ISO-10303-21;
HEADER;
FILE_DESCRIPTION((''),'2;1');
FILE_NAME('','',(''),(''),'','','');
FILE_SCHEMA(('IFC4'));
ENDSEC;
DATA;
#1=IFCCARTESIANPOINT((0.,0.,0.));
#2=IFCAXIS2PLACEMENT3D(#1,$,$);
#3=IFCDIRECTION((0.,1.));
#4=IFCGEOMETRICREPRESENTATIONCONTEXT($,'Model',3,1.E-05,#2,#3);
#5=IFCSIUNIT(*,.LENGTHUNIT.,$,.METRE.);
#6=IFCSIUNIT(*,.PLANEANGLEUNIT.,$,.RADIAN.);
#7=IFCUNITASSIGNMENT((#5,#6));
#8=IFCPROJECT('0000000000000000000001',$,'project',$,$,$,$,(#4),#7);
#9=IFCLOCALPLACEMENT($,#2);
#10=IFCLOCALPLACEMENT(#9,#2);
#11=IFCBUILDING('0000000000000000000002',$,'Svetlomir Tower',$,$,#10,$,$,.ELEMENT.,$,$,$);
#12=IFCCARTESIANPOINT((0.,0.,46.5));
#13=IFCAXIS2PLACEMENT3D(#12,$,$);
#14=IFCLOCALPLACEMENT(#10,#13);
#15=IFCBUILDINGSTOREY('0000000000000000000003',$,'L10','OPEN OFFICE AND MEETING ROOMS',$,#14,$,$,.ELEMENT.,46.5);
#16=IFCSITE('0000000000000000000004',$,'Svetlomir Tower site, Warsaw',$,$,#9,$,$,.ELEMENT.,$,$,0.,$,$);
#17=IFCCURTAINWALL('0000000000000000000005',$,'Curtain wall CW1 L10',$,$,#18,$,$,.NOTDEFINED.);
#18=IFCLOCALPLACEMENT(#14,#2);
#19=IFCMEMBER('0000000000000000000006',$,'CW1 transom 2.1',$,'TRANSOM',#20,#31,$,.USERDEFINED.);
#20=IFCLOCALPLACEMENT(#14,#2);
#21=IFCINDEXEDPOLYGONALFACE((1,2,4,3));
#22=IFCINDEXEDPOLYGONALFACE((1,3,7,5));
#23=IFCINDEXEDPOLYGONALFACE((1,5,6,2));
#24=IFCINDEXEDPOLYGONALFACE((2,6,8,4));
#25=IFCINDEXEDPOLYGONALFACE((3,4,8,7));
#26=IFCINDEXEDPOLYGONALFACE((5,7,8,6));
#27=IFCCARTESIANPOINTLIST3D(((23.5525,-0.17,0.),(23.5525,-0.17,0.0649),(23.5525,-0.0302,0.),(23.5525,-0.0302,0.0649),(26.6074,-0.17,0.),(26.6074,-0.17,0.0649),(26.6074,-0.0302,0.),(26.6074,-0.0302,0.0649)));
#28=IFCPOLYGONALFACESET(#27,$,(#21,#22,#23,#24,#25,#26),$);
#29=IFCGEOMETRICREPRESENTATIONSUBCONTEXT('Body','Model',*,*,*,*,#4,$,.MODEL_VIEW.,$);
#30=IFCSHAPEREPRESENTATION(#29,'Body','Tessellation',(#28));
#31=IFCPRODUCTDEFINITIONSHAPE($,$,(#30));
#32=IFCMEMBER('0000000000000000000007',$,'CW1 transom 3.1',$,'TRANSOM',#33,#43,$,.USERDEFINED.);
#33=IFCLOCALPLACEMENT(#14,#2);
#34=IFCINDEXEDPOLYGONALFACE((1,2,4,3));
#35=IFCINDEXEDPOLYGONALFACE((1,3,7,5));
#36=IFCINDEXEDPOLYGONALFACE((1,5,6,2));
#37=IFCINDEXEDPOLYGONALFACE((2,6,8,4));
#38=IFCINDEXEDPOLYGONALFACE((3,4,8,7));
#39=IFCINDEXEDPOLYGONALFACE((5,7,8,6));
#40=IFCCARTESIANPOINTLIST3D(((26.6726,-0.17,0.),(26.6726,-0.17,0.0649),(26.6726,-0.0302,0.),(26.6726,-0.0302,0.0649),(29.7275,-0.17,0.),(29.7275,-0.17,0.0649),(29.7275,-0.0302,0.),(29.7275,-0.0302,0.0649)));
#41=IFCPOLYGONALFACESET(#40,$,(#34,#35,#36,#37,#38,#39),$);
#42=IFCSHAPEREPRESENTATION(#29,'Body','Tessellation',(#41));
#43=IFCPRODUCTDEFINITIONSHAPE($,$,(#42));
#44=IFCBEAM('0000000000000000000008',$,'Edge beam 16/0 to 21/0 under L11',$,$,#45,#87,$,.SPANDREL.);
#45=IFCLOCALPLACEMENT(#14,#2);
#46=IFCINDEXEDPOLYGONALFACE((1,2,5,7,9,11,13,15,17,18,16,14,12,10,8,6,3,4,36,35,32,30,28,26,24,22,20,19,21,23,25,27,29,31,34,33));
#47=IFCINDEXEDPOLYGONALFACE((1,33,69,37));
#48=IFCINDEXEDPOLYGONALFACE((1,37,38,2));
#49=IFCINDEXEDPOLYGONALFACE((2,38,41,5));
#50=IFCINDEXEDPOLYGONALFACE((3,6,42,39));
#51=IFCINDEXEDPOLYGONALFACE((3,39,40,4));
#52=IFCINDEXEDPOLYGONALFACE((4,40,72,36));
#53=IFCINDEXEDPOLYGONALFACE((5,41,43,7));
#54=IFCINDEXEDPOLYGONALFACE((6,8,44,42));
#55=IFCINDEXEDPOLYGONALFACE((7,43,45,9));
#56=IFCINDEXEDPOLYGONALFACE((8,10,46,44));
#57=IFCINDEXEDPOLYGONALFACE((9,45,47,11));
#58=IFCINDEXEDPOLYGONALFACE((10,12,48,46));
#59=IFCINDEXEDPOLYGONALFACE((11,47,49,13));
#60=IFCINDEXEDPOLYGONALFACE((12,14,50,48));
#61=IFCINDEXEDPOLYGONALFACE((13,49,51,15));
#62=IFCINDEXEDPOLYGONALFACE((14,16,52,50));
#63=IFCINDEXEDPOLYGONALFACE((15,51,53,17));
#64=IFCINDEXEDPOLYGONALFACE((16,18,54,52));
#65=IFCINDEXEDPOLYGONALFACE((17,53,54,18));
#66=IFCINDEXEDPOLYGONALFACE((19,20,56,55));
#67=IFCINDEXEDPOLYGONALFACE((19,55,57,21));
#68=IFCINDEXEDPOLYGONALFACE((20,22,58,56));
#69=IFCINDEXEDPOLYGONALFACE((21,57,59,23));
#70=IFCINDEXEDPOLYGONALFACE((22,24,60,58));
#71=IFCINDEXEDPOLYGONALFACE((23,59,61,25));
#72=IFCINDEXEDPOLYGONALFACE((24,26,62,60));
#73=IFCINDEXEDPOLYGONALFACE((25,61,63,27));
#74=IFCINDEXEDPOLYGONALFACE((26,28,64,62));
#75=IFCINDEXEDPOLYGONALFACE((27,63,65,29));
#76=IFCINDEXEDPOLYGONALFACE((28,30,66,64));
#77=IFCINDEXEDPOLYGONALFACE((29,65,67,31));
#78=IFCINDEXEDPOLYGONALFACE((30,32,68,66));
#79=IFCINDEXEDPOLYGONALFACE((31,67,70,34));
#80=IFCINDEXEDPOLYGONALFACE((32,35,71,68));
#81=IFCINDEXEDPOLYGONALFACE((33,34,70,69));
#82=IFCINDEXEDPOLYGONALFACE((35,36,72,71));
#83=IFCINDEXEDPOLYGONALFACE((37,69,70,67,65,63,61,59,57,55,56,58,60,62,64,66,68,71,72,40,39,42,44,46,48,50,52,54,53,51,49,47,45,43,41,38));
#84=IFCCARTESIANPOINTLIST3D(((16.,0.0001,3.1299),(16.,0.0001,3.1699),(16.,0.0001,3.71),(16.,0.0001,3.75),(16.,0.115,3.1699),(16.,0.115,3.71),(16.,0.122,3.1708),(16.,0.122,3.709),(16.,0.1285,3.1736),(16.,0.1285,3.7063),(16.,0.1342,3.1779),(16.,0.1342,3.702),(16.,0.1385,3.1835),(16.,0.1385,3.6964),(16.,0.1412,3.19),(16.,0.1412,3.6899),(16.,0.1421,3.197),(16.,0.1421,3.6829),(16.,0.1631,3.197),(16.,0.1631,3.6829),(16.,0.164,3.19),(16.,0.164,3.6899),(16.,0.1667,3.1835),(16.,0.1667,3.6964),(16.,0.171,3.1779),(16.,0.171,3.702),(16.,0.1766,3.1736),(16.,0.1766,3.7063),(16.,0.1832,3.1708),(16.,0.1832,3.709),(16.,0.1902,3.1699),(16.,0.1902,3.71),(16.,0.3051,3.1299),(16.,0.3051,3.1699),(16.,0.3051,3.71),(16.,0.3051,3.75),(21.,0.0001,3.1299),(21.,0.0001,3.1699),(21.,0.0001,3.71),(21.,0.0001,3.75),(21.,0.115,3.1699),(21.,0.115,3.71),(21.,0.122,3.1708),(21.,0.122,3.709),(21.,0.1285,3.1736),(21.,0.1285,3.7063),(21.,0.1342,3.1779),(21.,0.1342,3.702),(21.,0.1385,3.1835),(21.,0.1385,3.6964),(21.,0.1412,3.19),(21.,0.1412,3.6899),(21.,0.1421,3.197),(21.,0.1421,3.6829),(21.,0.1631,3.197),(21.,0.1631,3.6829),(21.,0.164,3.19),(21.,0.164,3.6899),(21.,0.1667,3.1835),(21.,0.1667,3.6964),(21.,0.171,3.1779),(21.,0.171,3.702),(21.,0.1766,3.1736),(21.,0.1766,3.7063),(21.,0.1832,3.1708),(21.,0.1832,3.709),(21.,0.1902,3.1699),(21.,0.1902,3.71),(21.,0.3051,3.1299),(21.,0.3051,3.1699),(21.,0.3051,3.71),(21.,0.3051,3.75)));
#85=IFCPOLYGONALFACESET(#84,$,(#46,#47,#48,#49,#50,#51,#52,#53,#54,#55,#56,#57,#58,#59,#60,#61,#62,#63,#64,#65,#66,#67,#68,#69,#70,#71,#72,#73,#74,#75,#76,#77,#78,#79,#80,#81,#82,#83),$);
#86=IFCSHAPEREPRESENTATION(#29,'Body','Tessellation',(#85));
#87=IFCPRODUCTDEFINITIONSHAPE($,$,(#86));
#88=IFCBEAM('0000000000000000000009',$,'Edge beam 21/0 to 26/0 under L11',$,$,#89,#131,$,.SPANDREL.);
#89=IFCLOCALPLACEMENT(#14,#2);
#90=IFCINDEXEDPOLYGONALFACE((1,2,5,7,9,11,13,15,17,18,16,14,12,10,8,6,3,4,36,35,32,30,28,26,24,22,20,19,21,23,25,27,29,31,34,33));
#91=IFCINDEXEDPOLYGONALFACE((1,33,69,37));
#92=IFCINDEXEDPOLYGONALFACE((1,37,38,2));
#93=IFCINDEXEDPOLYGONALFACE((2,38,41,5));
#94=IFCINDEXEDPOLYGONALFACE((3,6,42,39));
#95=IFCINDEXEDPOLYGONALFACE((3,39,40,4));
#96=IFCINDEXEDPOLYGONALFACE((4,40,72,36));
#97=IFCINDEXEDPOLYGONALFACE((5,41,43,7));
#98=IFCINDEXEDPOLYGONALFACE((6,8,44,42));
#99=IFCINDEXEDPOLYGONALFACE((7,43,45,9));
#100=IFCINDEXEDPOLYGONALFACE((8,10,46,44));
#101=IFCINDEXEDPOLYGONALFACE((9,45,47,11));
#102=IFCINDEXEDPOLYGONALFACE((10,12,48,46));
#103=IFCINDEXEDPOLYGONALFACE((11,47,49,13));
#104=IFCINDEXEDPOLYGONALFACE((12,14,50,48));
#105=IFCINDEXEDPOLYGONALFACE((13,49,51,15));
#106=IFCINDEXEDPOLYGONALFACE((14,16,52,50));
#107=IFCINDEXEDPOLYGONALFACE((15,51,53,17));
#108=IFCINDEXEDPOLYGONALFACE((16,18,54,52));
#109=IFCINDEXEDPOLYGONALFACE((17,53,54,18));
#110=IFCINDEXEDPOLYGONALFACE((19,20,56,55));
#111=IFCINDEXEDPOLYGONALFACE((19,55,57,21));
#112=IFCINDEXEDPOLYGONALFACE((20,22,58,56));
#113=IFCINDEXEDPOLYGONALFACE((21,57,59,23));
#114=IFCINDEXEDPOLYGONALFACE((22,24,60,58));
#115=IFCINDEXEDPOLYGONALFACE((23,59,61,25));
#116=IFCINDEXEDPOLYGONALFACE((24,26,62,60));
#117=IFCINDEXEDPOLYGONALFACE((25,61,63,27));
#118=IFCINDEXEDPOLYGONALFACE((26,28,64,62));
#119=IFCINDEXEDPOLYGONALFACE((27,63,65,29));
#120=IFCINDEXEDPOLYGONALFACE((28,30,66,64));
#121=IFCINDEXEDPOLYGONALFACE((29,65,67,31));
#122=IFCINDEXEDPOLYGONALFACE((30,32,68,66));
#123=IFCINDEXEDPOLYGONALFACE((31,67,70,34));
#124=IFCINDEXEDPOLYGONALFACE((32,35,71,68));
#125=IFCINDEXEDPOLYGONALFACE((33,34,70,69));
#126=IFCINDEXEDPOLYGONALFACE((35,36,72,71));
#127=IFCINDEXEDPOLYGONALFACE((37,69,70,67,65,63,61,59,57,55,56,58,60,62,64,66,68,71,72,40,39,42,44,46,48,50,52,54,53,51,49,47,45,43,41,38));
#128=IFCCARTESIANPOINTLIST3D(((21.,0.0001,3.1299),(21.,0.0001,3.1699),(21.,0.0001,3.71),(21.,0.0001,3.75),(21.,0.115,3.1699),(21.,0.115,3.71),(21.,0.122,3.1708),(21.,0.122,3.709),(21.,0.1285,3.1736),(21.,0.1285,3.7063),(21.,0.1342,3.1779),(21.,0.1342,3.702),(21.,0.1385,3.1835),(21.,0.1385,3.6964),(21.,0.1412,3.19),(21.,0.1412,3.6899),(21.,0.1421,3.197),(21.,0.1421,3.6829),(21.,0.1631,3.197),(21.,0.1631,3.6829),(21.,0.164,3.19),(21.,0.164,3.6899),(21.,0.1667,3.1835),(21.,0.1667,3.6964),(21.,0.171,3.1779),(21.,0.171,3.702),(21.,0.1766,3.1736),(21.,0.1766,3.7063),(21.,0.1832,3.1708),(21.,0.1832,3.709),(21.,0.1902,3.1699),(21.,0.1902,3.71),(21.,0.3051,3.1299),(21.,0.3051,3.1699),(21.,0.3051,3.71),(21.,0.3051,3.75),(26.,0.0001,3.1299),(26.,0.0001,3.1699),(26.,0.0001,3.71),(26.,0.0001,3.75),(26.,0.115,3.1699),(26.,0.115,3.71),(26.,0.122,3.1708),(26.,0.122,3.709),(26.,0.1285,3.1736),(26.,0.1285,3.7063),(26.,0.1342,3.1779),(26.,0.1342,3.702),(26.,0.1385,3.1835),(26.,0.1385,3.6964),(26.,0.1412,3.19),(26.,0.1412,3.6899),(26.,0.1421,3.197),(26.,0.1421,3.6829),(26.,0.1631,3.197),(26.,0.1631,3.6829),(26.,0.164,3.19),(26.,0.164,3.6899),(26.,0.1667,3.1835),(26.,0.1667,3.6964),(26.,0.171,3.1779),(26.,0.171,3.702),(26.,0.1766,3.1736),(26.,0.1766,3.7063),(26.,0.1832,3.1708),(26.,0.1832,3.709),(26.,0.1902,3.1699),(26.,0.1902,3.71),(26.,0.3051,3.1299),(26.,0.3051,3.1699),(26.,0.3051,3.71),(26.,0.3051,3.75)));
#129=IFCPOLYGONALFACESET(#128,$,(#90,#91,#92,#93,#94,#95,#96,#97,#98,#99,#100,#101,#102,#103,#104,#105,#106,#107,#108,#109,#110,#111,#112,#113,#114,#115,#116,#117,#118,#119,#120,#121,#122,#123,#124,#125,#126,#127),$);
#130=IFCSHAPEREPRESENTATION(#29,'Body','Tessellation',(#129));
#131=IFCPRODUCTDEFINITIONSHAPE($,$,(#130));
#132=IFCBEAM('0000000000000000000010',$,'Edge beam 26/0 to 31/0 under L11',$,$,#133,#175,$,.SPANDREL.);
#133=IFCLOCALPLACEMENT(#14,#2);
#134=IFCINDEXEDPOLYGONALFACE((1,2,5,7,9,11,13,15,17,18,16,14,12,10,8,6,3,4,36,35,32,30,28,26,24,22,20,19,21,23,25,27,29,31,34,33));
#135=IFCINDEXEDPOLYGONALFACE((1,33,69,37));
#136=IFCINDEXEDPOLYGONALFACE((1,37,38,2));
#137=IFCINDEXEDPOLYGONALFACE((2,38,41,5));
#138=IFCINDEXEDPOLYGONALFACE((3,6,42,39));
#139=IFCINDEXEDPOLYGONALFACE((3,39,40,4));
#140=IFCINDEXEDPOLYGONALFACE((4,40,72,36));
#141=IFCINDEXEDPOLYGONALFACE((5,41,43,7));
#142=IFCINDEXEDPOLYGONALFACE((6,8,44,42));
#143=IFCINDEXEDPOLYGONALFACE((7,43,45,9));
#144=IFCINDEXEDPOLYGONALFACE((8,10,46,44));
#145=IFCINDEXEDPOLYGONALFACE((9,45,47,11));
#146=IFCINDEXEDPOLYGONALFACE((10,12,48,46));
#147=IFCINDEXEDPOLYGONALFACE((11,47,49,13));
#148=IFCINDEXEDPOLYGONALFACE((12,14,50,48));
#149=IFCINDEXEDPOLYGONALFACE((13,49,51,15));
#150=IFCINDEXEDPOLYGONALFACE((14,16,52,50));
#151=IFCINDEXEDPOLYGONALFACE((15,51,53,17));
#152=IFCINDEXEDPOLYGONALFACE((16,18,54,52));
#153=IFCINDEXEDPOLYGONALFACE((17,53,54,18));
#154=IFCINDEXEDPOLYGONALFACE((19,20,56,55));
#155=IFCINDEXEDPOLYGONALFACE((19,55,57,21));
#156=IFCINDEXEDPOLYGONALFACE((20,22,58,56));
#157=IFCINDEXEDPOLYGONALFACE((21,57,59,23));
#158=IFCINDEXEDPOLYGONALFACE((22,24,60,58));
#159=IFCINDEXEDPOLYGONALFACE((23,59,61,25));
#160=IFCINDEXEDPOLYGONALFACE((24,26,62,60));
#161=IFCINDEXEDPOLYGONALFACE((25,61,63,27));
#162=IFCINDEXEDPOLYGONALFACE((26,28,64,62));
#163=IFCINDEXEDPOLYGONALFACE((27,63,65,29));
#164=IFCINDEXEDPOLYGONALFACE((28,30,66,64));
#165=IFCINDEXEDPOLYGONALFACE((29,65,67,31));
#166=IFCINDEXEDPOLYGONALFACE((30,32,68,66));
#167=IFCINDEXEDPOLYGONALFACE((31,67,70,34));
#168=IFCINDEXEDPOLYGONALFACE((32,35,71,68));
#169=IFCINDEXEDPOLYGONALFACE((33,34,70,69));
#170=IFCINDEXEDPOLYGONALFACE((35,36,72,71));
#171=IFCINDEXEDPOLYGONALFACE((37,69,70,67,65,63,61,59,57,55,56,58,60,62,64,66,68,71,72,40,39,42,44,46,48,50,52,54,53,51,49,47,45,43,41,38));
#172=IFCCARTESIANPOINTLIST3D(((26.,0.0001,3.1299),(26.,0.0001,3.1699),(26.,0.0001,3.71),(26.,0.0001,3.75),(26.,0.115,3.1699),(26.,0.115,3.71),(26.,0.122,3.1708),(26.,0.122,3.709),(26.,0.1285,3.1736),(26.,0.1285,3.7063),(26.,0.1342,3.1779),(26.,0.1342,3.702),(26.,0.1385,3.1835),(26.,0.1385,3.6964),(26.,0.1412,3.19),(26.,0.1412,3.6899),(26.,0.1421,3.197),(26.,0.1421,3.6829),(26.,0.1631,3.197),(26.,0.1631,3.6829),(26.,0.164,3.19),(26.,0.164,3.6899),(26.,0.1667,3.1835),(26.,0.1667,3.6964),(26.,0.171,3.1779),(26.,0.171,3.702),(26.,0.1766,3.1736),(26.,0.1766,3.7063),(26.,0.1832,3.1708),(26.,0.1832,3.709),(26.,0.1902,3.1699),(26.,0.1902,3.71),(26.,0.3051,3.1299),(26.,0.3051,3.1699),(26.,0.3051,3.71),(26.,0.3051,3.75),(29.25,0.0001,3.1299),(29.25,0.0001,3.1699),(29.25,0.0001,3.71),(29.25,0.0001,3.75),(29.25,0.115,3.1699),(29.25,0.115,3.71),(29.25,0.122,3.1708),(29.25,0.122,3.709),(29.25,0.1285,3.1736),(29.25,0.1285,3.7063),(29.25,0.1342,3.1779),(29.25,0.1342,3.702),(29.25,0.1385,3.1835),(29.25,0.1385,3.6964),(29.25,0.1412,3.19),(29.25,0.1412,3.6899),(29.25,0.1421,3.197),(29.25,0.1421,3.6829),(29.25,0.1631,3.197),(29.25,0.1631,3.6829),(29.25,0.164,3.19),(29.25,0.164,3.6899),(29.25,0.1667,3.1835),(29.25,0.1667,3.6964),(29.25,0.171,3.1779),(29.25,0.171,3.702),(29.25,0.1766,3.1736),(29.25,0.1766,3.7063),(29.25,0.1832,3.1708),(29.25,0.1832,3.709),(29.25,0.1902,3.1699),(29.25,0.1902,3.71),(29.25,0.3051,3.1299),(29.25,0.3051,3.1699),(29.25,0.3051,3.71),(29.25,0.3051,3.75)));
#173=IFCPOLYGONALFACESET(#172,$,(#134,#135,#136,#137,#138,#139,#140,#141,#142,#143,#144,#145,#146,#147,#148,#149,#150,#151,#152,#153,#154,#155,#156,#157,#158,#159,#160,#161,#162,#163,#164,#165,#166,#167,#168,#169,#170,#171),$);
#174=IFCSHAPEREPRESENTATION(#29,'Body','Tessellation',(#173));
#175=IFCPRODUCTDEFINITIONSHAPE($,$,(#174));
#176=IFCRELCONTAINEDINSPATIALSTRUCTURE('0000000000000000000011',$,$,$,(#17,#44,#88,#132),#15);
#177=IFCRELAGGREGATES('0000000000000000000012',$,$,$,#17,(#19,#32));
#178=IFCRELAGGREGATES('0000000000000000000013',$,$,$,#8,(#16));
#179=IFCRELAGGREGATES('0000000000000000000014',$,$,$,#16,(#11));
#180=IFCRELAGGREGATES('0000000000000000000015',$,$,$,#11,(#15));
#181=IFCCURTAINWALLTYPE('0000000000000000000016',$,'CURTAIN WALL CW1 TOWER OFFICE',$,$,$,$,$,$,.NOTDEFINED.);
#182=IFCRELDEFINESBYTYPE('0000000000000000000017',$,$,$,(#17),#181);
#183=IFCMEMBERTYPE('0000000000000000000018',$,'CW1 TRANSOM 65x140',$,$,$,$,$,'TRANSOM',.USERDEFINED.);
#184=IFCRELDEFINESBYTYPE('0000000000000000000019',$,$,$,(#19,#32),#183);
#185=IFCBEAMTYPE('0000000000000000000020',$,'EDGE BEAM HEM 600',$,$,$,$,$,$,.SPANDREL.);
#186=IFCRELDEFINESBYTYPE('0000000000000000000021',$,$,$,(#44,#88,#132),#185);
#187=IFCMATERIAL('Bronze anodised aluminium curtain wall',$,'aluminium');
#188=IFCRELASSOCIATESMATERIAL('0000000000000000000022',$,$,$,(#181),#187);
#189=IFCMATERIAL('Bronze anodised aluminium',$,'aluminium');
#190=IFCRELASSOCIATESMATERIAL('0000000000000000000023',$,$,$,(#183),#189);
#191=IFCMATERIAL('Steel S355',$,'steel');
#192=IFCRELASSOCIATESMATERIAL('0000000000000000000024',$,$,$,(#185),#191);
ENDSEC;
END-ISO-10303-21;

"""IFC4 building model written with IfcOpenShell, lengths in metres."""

from ifc_helpers import new_model, si_unit, direction, frame, origin, origin_2d, place, context, subcontext, project, spatial, rectangle, i_section, extrude, material, material_profile, profile_set, type_object, element, aggregate, save


model = new_model("IFC4")

# Units and contexts
model_context = context("Model", 3, precision=1e-05, world=origin(), true_north=direction((0.0, 1.0)))
body_context = subcontext(model_context, "Body", "Model", "MODEL_VIEW")
ifc_project = project(units=[si_unit("LENGTHUNIT", "METRE"), si_unit("PLANEANGLEUNIT", "RADIAN")], contexts=[model_context])

# Site, building, storey
site_placement = place(None, origin())
site = spatial("IfcSite", under=ifc_project, at=site_placement, Name="Svetlomir Tower site, Warsaw", CompositionType="ELEMENT", RefElevation=0.0)
building_placement = place(site_placement, origin())
building = spatial("IfcBuilding", under=site, at=building_placement, Name="Svetlomir Tower", CompositionType="ELEMENT")
storey_placement = place(building_placement, frame((0.0, 0.0, 46.5)))
storey = spatial("IfcBuildingStorey", under=building, at=storey_placement, Name="L10", Description="OPEN OFFICE AND MEETING ROOMS", CompositionType="ELEMENT", Elevation=46.5)

# Curtain wall
ifc_material_1 = material(Name="Bronze anodised aluminium curtain wall", Category="aluminium")
curtain_wall_type = type_object("IfcCurtainWallType", Name="CURTAIN WALL CW1 TOWER OFFICE", PredefinedType="NOTDEFINED", material=ifc_material_1)
curtain_wall_1_placement = place(storey_placement, origin())
curtain_wall_1 = element("IfcCurtainWall", 1, at=curtain_wall_1_placement, inside=storey, type_object=curtain_wall_type, Name="Curtain wall CW1 L10", PredefinedType="NOTDEFINED")

# Members
ifc_material_2 = material(Name="Bronze anodised aluminium", Category="aluminium")
ifc_material_profile_1 = material_profile(ifc_material_2, rectangle(XDim=0.1399, YDim=0.0649, at=origin_2d()), Name="AL 140x65")
ifc_profile_set_1 = profile_set([ifc_material_profile_1], Name="Bronze anodised aluminium 6063-T6")
member_type_1 = type_object("IfcMemberType", Name="CW1 TRANSOM 65x140", ElementType="TRANSOM", PredefinedType="USERDEFINED", material=ifc_profile_set_1)
member_1_placement = place(storey_placement, frame((23.5525, -0.1001, 0.0325), z_axis=(1.0, 0.0, 0.0), x_axis=(0.0, 1.0, 0.0)))
member_1 = element("IfcMember", 2, at=member_1_placement, type_object=member_type_1, Name="CW1 transom 2.1", ObjectType="TRANSOM", PredefinedType="USERDEFINED", context=body_context, shape_type="SweptSolid", body=[
    extrude(rectangle(XDim=0.1399, YDim=0.0649, at=origin_2d()), origin(), (0.0, 0.0, 1.0), 3.0549),
])
member_2_placement = place(storey_placement, frame((26.6726, -0.1001, 0.0325), z_axis=(1.0, 0.0, 0.0), x_axis=(0.0, 1.0, 0.0)))
member_2 = element("IfcMember", 3, at=member_2_placement, type_object=member_type_1, Name="CW1 transom 3.1", ObjectType="TRANSOM", PredefinedType="USERDEFINED", context=body_context, shape_type="SweptSolid", body=[
    extrude(rectangle(XDim=0.1399, YDim=0.0649, at=origin_2d()), origin(), (0.0, 0.0, 1.0), 3.0549),
])

# Beams
ifc_material_3 = material(Name="Steel S355", Category="steel")
ifc_material_profile_2 = material_profile(ifc_material_3, i_section(OverallWidth=0.3049, OverallDepth=0.6201, WebThickness=0.021, FlangeThickness=0.04, FilletRadius=0.0271, at=origin_2d()), Name="HEM 600")
ifc_profile_set_2 = profile_set([ifc_material_profile_2], Name="Steel S355")
beam_type_1 = type_object("IfcBeamType", Name="EDGE BEAM HEM 600", PredefinedType="SPANDREL", material=ifc_profile_set_2)
for number, where, z_axis, x_axis, name in (
    (4, (16.0, 0.1526, 3.4399), (1.0, 0.0, 0.0), (0.0, 1.0, 0.0), "Edge beam 16/0 to 21/0 under L11"),
    (5, (21.0, 0.1526, 3.4399), (1.0, 0.0, 0.0), (0.0, 1.0, 0.0), "Edge beam 21/0 to 26/0 under L11"),
):
    element("IfcBeam", number, at=place(storey_placement, frame(where, z_axis=z_axis, x_axis=x_axis)), inside=storey, type_object=beam_type_1, Name=name, PredefinedType="SPANDREL", context=body_context, shape_type="SweptSolid", body=[
        extrude(i_section(OverallWidth=0.3049, OverallDepth=0.6201, WebThickness=0.021, FlangeThickness=0.04, FilletRadius=0.0271, at=origin_2d()), origin(), (0.0, 0.0, 1.0), 5.0),
    ])
beam_1_placement = place(storey_placement, frame((26.0, 0.1526, 3.4399), z_axis=(1.0, 0.0, 0.0), x_axis=(0.0, 1.0, 0.0)))
element("IfcBeam", 6, at=beam_1_placement, inside=storey, type_object=beam_type_1, Name="Edge beam 26/0 to 31/0 under L11", PredefinedType="SPANDREL", context=body_context, shape_type="SweptSolid", body=[
    extrude(i_section(OverallWidth=0.3049, OverallDepth=0.6201, WebThickness=0.021, FlangeThickness=0.04, FilletRadius=0.0271, at=origin_2d()), origin(), (0.0, 0.0, 1.0), 3.25),
])

aggregate(curtain_wall_1, [member_1, member_2])

save(model, "model.ifc")
